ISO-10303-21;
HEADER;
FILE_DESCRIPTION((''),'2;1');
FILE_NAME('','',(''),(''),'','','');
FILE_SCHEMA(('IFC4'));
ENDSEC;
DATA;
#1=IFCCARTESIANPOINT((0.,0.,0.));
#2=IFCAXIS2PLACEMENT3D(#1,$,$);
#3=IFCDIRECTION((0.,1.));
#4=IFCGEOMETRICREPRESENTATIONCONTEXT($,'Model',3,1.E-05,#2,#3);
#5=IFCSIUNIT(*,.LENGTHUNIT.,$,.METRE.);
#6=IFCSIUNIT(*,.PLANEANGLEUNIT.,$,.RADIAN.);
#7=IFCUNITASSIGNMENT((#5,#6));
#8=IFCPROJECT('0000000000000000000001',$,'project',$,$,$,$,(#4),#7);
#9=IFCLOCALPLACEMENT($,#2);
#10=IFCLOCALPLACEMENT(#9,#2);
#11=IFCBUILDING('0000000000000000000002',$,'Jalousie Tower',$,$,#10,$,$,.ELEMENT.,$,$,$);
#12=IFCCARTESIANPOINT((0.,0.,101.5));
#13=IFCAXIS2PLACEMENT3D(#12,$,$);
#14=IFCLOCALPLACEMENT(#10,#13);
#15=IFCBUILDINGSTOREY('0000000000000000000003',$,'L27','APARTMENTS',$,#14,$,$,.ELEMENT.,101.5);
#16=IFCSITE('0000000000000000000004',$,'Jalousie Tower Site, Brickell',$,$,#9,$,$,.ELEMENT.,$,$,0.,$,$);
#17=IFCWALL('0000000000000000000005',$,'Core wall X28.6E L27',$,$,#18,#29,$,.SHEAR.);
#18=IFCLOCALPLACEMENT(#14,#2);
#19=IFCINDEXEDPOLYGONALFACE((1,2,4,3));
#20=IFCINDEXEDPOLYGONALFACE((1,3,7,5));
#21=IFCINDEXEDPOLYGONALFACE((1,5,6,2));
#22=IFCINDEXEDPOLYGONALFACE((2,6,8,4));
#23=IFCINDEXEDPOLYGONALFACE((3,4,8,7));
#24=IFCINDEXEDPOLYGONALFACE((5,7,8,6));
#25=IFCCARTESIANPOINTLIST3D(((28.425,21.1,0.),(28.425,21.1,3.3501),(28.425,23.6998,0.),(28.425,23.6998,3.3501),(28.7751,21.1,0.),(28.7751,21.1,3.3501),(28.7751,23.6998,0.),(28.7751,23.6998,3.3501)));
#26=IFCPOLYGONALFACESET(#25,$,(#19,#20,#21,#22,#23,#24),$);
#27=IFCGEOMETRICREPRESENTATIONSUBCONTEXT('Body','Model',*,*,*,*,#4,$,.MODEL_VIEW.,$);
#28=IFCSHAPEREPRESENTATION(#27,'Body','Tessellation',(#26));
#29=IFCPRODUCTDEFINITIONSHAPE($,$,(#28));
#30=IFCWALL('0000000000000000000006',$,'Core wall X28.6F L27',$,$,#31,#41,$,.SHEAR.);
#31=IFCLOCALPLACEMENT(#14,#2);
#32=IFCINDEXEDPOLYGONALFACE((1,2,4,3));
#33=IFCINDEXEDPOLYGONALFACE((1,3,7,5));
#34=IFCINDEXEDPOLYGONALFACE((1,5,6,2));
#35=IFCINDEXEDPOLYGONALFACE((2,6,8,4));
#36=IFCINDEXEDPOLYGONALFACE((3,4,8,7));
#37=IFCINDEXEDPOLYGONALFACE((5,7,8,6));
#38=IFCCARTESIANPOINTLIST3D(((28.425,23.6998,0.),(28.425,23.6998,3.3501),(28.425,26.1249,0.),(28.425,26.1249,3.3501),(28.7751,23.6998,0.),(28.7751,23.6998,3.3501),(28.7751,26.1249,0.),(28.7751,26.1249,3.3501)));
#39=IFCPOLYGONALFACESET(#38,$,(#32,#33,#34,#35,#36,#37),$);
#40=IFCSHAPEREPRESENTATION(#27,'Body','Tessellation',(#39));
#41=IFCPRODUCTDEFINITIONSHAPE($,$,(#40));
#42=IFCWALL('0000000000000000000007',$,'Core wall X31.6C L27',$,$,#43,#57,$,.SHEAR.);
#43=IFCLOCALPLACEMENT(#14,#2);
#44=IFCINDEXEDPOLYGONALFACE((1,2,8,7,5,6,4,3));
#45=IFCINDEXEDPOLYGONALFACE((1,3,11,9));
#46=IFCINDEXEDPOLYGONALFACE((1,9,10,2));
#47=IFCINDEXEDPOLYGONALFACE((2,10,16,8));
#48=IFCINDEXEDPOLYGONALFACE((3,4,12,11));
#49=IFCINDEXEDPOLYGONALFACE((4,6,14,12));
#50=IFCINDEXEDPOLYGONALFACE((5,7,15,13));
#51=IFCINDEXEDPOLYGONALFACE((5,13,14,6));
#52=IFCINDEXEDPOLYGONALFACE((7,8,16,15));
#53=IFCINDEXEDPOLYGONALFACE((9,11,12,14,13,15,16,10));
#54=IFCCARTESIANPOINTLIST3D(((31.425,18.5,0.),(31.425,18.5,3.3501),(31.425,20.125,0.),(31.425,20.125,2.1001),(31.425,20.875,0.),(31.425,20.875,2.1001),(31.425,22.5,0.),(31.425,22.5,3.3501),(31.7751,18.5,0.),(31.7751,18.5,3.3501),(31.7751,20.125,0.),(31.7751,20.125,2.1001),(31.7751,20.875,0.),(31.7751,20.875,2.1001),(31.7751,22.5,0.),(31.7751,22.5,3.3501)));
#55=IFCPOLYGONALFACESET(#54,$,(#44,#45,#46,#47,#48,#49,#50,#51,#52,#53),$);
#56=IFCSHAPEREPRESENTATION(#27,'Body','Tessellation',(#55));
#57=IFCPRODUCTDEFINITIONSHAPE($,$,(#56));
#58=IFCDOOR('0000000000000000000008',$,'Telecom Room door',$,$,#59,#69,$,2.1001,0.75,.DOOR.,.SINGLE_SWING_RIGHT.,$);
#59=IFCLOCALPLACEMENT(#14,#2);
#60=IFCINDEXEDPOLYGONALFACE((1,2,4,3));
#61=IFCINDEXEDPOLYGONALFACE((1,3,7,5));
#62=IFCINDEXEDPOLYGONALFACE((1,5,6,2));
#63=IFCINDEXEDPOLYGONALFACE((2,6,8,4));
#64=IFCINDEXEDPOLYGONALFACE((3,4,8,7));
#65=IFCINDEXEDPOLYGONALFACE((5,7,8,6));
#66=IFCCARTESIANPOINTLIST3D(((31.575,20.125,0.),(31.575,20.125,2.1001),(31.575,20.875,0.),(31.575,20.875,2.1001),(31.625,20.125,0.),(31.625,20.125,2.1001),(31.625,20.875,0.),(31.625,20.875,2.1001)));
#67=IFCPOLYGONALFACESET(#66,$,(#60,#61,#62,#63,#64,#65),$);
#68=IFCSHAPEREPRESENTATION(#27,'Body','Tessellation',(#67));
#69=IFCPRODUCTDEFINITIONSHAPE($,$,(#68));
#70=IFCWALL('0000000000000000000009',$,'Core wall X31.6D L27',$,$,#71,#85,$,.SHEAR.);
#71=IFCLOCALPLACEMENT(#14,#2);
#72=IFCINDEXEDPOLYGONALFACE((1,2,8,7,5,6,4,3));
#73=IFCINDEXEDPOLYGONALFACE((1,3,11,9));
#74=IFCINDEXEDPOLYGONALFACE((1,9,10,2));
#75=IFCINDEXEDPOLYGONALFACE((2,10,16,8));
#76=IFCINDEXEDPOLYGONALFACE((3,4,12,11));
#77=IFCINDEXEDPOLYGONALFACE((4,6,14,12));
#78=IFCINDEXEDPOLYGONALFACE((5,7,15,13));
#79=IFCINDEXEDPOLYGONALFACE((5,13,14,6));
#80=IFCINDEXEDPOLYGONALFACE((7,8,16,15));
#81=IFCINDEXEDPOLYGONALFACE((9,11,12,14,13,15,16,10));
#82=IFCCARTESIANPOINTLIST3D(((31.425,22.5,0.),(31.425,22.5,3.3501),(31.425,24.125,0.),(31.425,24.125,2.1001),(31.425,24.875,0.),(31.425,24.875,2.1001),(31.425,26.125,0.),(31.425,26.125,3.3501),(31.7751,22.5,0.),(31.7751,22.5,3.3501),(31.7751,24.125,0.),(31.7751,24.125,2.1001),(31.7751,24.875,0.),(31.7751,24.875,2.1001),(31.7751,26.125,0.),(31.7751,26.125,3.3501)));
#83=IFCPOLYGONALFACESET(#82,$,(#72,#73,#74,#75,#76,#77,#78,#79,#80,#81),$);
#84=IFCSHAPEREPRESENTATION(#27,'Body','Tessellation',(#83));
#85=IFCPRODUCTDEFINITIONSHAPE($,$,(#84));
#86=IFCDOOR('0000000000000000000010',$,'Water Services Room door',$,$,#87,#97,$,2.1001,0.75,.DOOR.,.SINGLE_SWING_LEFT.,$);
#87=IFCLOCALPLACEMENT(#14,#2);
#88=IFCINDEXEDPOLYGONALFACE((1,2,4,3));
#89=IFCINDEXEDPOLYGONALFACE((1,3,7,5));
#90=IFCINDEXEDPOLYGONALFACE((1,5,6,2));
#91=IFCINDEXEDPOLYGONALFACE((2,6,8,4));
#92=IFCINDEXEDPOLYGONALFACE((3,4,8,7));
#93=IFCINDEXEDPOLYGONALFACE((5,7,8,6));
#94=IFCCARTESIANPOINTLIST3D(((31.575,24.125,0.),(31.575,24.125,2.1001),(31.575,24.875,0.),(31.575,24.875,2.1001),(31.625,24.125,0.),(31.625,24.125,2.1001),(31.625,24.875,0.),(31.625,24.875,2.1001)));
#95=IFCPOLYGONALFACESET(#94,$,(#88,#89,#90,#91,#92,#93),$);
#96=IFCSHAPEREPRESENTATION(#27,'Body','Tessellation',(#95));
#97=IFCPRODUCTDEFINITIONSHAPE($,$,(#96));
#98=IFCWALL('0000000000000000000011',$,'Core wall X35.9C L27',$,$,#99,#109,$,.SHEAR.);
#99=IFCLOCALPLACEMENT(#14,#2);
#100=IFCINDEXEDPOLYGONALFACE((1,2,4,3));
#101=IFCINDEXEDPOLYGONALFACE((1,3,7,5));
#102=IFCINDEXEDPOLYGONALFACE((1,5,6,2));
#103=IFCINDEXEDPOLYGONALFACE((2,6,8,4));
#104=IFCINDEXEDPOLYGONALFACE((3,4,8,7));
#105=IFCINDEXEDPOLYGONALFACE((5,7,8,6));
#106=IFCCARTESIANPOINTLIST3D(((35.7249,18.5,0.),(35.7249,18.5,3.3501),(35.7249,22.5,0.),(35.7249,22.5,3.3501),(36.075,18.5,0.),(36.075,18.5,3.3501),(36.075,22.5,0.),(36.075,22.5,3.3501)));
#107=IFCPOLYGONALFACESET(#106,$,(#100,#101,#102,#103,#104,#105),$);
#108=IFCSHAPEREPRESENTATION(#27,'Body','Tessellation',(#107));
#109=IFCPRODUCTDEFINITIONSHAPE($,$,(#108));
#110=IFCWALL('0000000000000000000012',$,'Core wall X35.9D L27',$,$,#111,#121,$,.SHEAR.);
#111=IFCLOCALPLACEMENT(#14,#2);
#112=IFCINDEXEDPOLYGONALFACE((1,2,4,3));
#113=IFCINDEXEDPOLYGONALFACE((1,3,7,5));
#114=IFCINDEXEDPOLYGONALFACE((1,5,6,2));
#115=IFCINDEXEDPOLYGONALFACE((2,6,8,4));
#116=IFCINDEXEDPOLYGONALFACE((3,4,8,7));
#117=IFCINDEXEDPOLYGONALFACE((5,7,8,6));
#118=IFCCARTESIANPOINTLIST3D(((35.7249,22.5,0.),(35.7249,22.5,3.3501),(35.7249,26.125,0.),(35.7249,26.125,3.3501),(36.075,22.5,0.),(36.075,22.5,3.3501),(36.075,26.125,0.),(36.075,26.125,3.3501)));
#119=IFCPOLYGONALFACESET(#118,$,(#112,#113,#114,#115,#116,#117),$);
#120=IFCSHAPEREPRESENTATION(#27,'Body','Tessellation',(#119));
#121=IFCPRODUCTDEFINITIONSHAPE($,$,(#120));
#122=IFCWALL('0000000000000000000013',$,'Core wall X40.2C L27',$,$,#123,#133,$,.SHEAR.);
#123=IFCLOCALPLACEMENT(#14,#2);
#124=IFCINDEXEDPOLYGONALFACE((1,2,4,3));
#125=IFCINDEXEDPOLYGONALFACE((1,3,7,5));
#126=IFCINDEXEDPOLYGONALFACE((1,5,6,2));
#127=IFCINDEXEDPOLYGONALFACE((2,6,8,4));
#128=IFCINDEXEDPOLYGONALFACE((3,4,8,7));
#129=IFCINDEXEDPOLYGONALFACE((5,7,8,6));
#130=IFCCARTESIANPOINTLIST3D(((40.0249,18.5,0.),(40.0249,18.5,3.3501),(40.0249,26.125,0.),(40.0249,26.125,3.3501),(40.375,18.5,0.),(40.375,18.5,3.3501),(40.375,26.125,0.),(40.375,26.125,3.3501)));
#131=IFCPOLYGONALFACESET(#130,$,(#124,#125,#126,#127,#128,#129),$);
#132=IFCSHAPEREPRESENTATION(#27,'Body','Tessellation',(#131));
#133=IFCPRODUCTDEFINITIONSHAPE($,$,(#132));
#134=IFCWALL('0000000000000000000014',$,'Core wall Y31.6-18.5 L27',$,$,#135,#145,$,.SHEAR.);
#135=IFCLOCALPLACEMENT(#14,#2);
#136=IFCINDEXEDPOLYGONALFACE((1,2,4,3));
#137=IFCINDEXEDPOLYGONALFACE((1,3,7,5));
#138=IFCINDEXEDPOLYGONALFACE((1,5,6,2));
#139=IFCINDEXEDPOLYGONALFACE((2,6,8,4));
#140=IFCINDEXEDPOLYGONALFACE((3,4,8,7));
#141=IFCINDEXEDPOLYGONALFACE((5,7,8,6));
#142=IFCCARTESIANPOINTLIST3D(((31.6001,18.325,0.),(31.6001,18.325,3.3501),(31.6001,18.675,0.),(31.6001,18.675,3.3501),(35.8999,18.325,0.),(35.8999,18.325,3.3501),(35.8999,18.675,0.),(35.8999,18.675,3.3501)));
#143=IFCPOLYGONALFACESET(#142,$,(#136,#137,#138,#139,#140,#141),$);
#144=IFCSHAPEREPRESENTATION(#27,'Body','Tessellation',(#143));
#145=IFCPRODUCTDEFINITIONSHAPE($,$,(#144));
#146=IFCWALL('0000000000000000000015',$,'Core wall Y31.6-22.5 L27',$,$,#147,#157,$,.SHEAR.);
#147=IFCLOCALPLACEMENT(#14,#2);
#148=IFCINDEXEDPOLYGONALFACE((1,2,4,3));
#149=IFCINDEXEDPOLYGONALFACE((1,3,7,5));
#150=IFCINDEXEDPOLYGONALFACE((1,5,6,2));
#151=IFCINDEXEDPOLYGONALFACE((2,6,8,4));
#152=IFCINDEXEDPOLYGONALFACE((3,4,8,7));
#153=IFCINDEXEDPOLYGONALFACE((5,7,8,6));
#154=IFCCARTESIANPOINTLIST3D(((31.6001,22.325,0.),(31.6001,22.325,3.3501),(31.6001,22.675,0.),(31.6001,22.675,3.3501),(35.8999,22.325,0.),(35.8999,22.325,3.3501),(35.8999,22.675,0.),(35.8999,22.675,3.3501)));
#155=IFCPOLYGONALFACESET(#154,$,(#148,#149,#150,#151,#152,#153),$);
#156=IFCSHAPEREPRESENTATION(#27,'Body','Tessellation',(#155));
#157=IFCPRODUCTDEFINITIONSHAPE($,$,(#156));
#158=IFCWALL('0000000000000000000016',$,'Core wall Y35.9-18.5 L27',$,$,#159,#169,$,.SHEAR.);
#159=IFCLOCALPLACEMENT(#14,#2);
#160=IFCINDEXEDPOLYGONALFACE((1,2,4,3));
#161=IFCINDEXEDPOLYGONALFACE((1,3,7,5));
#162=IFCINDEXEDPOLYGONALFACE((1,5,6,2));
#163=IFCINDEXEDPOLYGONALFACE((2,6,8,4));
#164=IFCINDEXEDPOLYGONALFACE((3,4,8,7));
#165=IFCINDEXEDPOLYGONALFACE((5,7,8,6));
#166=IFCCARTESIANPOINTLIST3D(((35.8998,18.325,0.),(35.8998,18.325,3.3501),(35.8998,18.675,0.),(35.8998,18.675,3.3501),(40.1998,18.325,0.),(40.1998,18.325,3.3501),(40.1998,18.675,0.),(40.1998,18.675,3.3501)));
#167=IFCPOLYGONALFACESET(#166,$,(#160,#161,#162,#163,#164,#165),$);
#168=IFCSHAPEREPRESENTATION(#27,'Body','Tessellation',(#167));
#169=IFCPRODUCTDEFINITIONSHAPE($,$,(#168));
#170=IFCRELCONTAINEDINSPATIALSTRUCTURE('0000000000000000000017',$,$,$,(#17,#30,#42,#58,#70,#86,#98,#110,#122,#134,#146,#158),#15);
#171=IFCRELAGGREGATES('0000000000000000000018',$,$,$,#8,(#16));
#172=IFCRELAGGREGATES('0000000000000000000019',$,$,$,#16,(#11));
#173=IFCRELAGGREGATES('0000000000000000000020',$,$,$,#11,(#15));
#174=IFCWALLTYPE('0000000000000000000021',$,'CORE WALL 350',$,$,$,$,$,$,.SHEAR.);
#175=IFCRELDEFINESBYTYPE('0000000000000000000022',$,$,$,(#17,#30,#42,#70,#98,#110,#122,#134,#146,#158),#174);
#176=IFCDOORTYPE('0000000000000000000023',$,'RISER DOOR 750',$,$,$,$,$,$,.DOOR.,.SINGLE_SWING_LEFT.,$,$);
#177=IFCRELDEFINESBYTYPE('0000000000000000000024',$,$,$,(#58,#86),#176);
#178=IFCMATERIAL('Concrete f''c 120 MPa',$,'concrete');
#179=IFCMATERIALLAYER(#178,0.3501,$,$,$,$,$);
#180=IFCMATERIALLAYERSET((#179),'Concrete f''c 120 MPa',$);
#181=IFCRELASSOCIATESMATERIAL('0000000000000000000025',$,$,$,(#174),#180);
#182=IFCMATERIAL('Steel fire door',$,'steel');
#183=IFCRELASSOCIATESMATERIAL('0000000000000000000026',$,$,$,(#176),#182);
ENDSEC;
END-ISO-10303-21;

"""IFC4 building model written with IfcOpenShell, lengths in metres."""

from ifc_helpers import new_model, si_unit, direction, frame, frame_2d, origin, place, context, subcontext, project, spatial, rectangle, extrude, material, layer, layer_set, type_object, element, fill, save


model = new_model("IFC4")

# Units and contexts
model_context = context("Model", 3, precision=1e-05, world=origin(), true_north=direction((0.0, 1.0)))
body_context = subcontext(model_context, "Body", "Model", "MODEL_VIEW")
ifc_project = project(units=[si_unit("LENGTHUNIT", "METRE"), si_unit("PLANEANGLEUNIT", "RADIAN")], contexts=[model_context])

# Site, building, storey
site_placement = place(None, origin())
site = spatial("IfcSite", under=ifc_project, at=site_placement, Name="Jalousie Tower Site, Brickell", CompositionType="ELEMENT", RefElevation=0.0)
building_placement = place(site_placement, origin())
building = spatial("IfcBuilding", under=site, at=building_placement, Name="Jalousie Tower", CompositionType="ELEMENT")
storey_placement = place(building_placement, frame((0.0, 0.0, 101.5)))
storey = spatial("IfcBuildingStorey", under=building, at=storey_placement, Name="L27", Description="APARTMENTS", CompositionType="ELEMENT", Elevation=101.5)

# Walls
ifc_material_1 = material(Name="Concrete f'c 120 MPa", Category="concrete")
ifc_layer = layer(ifc_material_1, 0.3501)
ifc_layer_set = layer_set([ifc_layer], Name="Concrete f'c 120 MPa")
wall_type_1 = type_object("IfcWallType", Name="CORE WALL 350", PredefinedType="SHEAR", material=ifc_layer_set)
wall_1_placement = place(storey_placement, frame((28.6001, 21.1001, 0.0), z_axis=(0.0, 0.0, 1.0), x_axis=(0.0, 1.0, 0.0)))
element("IfcWall", 1, at=wall_1_placement, inside=storey, type_object=wall_type_1, Name="Core wall X28.6E L27", PredefinedType="SHEAR", context=body_context, shape_type="SweptSolid", body=[
    extrude(rectangle(XDim=2.5999, YDim=0.3501, at=frame_2d((1.2998, 0.0))), origin(), (0.0, 0.0, 1.0), 3.3501),
])
wall_2_placement = place(storey_placement, frame((28.6001, 23.7, 0.0), z_axis=(0.0, 0.0, 1.0), x_axis=(0.0, 1.0, 0.0)))
element("IfcWall", 2, at=wall_2_placement, inside=storey, type_object=wall_type_1, Name="Core wall X28.6F L27", PredefinedType="SHEAR", context=body_context, shape_type="SweptSolid", body=[
    extrude(rectangle(XDim=2.425, YDim=0.3501, at=frame_2d((1.2124, 0.0))), origin(), (0.0, 0.0, 1.0), 3.3501),
])

# Walls, openings, doors
wall_3_placement = place(storey_placement, frame((31.6001, 18.5, 0.0), z_axis=(0.0, 0.0, 1.0), x_axis=(0.0, 1.0, 0.0)))
wall_3 = element("IfcWall", 3, at=wall_3_placement, inside=storey, type_object=wall_type_1, Name="Core wall X31.6C L27", PredefinedType="SHEAR", context=body_context, shape_type="SweptSolid", body=[
    extrude(rectangle(XDim=4.0, YDim=0.3501, at=frame_2d((2.0, 0.0))), origin(), (0.0, 0.0, 1.0), 3.3501),
])
opening_1_placement = place(wall_3_placement, frame((1.625, 0.0, 0.0)))
opening_1 = element("IfcOpeningElement", 4, at=opening_1_placement, cuts=wall_3, PredefinedType="OPENING", context=body_context, shape_type="SweptSolid", body=[
    extrude(rectangle(XDim=0.75, YDim=2.1001, at=frame_2d((0.375, 1.05))), frame((0.0, 0.1851, 0.0), z_axis=(0.0, -1.0, 0.0), x_axis=(1.0, 0.0, 0.0)), (0.0, 0.0, 1.0), 0.3701),
])
ifc_material_2 = material(Name="Steel fire door", Category="steel")
door_type_1 = type_object("IfcDoorType", Name="RISER DOOR 750", OperationType="SINGLE_SWING_LEFT", PredefinedType="DOOR", material=ifc_material_2)
door_1_placement = place(opening_1_placement, frame((0.75, 0.0, 0.0), z_axis=(0.0, 0.0, 1.0), x_axis=(-1.0, 0.0, 0.0)))
door_1 = element("IfcDoor", 5, at=door_1_placement, inside=storey, type_object=door_type_1, Name="Telecom Room door", OperationType="SINGLE_SWING_RIGHT", OverallHeight=2.1001, OverallWidth=0.75, PredefinedType="DOOR", context=body_context, shape_type="SweptSolid", body=[
    extrude(rectangle(XDim=0.75, YDim=2.1001, at=frame_2d((0.375, 1.05))), frame((0.0, 0.0249, 0.0), z_axis=(0.0, -1.0, 0.0), x_axis=(1.0, 0.0, 0.0)), (0.0, 0.0, 1.0), 0.05),
])
fill(opening_1, door_1)
wall_4_placement = place(storey_placement, frame((31.6001, 22.5, 0.0), z_axis=(0.0, 0.0, 1.0), x_axis=(0.0, 1.0, 0.0)))
wall_4 = element("IfcWall", 6, at=wall_4_placement, inside=storey, type_object=wall_type_1, Name="Core wall X31.6D L27", PredefinedType="SHEAR", context=body_context, shape_type="SweptSolid", body=[
    extrude(rectangle(XDim=3.625, YDim=0.3501, at=frame_2d((1.8125, 0.0))), origin(), (0.0, 0.0, 1.0), 3.3501),
])
opening_2_placement = place(wall_4_placement, frame((1.625, 0.0, 0.0)))
opening_2 = element("IfcOpeningElement", 7, at=opening_2_placement, cuts=wall_4, PredefinedType="OPENING", context=body_context, shape_type="SweptSolid", body=[
    extrude(rectangle(XDim=0.75, YDim=2.1001, at=frame_2d((0.375, 1.05))), frame((0.0, 0.1851, 0.0), z_axis=(0.0, -1.0, 0.0), x_axis=(1.0, 0.0, 0.0)), (0.0, 0.0, 1.0), 0.3701),
])
door_2_placement = place(opening_2_placement, frame((0.75, 0.0, 0.0), z_axis=(0.0, 0.0, 1.0), x_axis=(-1.0, 0.0, 0.0)))
door_2 = element("IfcDoor", 8, at=door_2_placement, inside=storey, type_object=door_type_1, Name="Water Services Room door", OperationType="SINGLE_SWING_LEFT", OverallHeight=2.1001, OverallWidth=0.75, PredefinedType="DOOR", context=body_context, shape_type="SweptSolid", body=[
    extrude(rectangle(XDim=0.75, YDim=2.1001, at=frame_2d((0.375, 1.05))), frame((0.0, 0.0249, 0.0), z_axis=(0.0, -1.0, 0.0), x_axis=(1.0, 0.0, 0.0)), (0.0, 0.0, 1.0), 0.05),
])
fill(opening_2, door_2)

# Walls
wall_5_placement = place(storey_placement, frame((35.8999, 18.5, 0.0), z_axis=(0.0, 0.0, 1.0), x_axis=(0.0, 1.0, 0.0)))
element("IfcWall", 9, at=wall_5_placement, inside=storey, type_object=wall_type_1, Name="Core wall X35.9C L27", PredefinedType="SHEAR", context=body_context, shape_type="SweptSolid", body=[
    extrude(rectangle(XDim=4.0, YDim=0.3501, at=frame_2d((2.0, 0.0))), origin(), (0.0, 0.0, 1.0), 3.3501),
])
wall_6_placement = place(storey_placement, frame((35.8999, 22.5, 0.0), z_axis=(0.0, 0.0, 1.0), x_axis=(0.0, 1.0, 0.0)))
element("IfcWall", 10, at=wall_6_placement, inside=storey, type_object=wall_type_1, Name="Core wall X35.9D L27", PredefinedType="SHEAR", context=body_context, shape_type="SweptSolid", body=[
    extrude(rectangle(XDim=3.625, YDim=0.3501, at=frame_2d((1.8125, 0.0))), origin(), (0.0, 0.0, 1.0), 3.3501),
])
wall_7_placement = place(storey_placement, frame((40.2, 18.5, 0.0), z_axis=(0.0, 0.0, 1.0), x_axis=(0.0, 1.0, 0.0)))
element("IfcWall", 11, at=wall_7_placement, inside=storey, type_object=wall_type_1, Name="Core wall X40.2C L27", PredefinedType="SHEAR", context=body_context, shape_type="SweptSolid", body=[
    extrude(rectangle(XDim=7.625, YDim=0.3501, at=frame_2d((3.8125, 0.0))), origin(), (0.0, 0.0, 1.0), 3.3501),
])
for number, where, z_axis, x_axis, name in (
    (12, (31.6001, 18.5, 0.0), (0.0, 0.0, 1.0), (1.0, 0.0, 0.0), "Core wall Y31.6-18.5 L27"),
    (13, (31.6001, 22.5, 0.0), (0.0, 0.0, 1.0), (1.0, 0.0, 0.0), "Core wall Y31.6-22.5 L27"),
):
    element("IfcWall", number, at=place(storey_placement, frame(where, z_axis=z_axis, x_axis=x_axis)), inside=storey, type_object=wall_type_1, Name=name, PredefinedType="SHEAR", context=body_context, shape_type="SweptSolid", body=[
        extrude(rectangle(XDim=4.2998, YDim=0.3501, at=frame_2d((2.1499, 0.0))), origin(), (0.0, 0.0, 1.0), 3.3501),
    ])
wall_8_placement = place(storey_placement, frame((35.8999, 18.5, 0.0), z_axis=(0.0, 0.0, 1.0), x_axis=(1.0, 0.0, 0.0)))
element("IfcWall", 14, at=wall_8_placement, inside=storey, type_object=wall_type_1, Name="Core wall Y35.9-18.5 L27", PredefinedType="SHEAR", context=body_context, shape_type="SweptSolid", body=[
    extrude(rectangle(XDim=4.3, YDim=0.3501, at=frame_2d((2.1499, 0.0))), origin(), (0.0, 0.0, 1.0), 3.3501),
])

save(model, "model.ifc")
